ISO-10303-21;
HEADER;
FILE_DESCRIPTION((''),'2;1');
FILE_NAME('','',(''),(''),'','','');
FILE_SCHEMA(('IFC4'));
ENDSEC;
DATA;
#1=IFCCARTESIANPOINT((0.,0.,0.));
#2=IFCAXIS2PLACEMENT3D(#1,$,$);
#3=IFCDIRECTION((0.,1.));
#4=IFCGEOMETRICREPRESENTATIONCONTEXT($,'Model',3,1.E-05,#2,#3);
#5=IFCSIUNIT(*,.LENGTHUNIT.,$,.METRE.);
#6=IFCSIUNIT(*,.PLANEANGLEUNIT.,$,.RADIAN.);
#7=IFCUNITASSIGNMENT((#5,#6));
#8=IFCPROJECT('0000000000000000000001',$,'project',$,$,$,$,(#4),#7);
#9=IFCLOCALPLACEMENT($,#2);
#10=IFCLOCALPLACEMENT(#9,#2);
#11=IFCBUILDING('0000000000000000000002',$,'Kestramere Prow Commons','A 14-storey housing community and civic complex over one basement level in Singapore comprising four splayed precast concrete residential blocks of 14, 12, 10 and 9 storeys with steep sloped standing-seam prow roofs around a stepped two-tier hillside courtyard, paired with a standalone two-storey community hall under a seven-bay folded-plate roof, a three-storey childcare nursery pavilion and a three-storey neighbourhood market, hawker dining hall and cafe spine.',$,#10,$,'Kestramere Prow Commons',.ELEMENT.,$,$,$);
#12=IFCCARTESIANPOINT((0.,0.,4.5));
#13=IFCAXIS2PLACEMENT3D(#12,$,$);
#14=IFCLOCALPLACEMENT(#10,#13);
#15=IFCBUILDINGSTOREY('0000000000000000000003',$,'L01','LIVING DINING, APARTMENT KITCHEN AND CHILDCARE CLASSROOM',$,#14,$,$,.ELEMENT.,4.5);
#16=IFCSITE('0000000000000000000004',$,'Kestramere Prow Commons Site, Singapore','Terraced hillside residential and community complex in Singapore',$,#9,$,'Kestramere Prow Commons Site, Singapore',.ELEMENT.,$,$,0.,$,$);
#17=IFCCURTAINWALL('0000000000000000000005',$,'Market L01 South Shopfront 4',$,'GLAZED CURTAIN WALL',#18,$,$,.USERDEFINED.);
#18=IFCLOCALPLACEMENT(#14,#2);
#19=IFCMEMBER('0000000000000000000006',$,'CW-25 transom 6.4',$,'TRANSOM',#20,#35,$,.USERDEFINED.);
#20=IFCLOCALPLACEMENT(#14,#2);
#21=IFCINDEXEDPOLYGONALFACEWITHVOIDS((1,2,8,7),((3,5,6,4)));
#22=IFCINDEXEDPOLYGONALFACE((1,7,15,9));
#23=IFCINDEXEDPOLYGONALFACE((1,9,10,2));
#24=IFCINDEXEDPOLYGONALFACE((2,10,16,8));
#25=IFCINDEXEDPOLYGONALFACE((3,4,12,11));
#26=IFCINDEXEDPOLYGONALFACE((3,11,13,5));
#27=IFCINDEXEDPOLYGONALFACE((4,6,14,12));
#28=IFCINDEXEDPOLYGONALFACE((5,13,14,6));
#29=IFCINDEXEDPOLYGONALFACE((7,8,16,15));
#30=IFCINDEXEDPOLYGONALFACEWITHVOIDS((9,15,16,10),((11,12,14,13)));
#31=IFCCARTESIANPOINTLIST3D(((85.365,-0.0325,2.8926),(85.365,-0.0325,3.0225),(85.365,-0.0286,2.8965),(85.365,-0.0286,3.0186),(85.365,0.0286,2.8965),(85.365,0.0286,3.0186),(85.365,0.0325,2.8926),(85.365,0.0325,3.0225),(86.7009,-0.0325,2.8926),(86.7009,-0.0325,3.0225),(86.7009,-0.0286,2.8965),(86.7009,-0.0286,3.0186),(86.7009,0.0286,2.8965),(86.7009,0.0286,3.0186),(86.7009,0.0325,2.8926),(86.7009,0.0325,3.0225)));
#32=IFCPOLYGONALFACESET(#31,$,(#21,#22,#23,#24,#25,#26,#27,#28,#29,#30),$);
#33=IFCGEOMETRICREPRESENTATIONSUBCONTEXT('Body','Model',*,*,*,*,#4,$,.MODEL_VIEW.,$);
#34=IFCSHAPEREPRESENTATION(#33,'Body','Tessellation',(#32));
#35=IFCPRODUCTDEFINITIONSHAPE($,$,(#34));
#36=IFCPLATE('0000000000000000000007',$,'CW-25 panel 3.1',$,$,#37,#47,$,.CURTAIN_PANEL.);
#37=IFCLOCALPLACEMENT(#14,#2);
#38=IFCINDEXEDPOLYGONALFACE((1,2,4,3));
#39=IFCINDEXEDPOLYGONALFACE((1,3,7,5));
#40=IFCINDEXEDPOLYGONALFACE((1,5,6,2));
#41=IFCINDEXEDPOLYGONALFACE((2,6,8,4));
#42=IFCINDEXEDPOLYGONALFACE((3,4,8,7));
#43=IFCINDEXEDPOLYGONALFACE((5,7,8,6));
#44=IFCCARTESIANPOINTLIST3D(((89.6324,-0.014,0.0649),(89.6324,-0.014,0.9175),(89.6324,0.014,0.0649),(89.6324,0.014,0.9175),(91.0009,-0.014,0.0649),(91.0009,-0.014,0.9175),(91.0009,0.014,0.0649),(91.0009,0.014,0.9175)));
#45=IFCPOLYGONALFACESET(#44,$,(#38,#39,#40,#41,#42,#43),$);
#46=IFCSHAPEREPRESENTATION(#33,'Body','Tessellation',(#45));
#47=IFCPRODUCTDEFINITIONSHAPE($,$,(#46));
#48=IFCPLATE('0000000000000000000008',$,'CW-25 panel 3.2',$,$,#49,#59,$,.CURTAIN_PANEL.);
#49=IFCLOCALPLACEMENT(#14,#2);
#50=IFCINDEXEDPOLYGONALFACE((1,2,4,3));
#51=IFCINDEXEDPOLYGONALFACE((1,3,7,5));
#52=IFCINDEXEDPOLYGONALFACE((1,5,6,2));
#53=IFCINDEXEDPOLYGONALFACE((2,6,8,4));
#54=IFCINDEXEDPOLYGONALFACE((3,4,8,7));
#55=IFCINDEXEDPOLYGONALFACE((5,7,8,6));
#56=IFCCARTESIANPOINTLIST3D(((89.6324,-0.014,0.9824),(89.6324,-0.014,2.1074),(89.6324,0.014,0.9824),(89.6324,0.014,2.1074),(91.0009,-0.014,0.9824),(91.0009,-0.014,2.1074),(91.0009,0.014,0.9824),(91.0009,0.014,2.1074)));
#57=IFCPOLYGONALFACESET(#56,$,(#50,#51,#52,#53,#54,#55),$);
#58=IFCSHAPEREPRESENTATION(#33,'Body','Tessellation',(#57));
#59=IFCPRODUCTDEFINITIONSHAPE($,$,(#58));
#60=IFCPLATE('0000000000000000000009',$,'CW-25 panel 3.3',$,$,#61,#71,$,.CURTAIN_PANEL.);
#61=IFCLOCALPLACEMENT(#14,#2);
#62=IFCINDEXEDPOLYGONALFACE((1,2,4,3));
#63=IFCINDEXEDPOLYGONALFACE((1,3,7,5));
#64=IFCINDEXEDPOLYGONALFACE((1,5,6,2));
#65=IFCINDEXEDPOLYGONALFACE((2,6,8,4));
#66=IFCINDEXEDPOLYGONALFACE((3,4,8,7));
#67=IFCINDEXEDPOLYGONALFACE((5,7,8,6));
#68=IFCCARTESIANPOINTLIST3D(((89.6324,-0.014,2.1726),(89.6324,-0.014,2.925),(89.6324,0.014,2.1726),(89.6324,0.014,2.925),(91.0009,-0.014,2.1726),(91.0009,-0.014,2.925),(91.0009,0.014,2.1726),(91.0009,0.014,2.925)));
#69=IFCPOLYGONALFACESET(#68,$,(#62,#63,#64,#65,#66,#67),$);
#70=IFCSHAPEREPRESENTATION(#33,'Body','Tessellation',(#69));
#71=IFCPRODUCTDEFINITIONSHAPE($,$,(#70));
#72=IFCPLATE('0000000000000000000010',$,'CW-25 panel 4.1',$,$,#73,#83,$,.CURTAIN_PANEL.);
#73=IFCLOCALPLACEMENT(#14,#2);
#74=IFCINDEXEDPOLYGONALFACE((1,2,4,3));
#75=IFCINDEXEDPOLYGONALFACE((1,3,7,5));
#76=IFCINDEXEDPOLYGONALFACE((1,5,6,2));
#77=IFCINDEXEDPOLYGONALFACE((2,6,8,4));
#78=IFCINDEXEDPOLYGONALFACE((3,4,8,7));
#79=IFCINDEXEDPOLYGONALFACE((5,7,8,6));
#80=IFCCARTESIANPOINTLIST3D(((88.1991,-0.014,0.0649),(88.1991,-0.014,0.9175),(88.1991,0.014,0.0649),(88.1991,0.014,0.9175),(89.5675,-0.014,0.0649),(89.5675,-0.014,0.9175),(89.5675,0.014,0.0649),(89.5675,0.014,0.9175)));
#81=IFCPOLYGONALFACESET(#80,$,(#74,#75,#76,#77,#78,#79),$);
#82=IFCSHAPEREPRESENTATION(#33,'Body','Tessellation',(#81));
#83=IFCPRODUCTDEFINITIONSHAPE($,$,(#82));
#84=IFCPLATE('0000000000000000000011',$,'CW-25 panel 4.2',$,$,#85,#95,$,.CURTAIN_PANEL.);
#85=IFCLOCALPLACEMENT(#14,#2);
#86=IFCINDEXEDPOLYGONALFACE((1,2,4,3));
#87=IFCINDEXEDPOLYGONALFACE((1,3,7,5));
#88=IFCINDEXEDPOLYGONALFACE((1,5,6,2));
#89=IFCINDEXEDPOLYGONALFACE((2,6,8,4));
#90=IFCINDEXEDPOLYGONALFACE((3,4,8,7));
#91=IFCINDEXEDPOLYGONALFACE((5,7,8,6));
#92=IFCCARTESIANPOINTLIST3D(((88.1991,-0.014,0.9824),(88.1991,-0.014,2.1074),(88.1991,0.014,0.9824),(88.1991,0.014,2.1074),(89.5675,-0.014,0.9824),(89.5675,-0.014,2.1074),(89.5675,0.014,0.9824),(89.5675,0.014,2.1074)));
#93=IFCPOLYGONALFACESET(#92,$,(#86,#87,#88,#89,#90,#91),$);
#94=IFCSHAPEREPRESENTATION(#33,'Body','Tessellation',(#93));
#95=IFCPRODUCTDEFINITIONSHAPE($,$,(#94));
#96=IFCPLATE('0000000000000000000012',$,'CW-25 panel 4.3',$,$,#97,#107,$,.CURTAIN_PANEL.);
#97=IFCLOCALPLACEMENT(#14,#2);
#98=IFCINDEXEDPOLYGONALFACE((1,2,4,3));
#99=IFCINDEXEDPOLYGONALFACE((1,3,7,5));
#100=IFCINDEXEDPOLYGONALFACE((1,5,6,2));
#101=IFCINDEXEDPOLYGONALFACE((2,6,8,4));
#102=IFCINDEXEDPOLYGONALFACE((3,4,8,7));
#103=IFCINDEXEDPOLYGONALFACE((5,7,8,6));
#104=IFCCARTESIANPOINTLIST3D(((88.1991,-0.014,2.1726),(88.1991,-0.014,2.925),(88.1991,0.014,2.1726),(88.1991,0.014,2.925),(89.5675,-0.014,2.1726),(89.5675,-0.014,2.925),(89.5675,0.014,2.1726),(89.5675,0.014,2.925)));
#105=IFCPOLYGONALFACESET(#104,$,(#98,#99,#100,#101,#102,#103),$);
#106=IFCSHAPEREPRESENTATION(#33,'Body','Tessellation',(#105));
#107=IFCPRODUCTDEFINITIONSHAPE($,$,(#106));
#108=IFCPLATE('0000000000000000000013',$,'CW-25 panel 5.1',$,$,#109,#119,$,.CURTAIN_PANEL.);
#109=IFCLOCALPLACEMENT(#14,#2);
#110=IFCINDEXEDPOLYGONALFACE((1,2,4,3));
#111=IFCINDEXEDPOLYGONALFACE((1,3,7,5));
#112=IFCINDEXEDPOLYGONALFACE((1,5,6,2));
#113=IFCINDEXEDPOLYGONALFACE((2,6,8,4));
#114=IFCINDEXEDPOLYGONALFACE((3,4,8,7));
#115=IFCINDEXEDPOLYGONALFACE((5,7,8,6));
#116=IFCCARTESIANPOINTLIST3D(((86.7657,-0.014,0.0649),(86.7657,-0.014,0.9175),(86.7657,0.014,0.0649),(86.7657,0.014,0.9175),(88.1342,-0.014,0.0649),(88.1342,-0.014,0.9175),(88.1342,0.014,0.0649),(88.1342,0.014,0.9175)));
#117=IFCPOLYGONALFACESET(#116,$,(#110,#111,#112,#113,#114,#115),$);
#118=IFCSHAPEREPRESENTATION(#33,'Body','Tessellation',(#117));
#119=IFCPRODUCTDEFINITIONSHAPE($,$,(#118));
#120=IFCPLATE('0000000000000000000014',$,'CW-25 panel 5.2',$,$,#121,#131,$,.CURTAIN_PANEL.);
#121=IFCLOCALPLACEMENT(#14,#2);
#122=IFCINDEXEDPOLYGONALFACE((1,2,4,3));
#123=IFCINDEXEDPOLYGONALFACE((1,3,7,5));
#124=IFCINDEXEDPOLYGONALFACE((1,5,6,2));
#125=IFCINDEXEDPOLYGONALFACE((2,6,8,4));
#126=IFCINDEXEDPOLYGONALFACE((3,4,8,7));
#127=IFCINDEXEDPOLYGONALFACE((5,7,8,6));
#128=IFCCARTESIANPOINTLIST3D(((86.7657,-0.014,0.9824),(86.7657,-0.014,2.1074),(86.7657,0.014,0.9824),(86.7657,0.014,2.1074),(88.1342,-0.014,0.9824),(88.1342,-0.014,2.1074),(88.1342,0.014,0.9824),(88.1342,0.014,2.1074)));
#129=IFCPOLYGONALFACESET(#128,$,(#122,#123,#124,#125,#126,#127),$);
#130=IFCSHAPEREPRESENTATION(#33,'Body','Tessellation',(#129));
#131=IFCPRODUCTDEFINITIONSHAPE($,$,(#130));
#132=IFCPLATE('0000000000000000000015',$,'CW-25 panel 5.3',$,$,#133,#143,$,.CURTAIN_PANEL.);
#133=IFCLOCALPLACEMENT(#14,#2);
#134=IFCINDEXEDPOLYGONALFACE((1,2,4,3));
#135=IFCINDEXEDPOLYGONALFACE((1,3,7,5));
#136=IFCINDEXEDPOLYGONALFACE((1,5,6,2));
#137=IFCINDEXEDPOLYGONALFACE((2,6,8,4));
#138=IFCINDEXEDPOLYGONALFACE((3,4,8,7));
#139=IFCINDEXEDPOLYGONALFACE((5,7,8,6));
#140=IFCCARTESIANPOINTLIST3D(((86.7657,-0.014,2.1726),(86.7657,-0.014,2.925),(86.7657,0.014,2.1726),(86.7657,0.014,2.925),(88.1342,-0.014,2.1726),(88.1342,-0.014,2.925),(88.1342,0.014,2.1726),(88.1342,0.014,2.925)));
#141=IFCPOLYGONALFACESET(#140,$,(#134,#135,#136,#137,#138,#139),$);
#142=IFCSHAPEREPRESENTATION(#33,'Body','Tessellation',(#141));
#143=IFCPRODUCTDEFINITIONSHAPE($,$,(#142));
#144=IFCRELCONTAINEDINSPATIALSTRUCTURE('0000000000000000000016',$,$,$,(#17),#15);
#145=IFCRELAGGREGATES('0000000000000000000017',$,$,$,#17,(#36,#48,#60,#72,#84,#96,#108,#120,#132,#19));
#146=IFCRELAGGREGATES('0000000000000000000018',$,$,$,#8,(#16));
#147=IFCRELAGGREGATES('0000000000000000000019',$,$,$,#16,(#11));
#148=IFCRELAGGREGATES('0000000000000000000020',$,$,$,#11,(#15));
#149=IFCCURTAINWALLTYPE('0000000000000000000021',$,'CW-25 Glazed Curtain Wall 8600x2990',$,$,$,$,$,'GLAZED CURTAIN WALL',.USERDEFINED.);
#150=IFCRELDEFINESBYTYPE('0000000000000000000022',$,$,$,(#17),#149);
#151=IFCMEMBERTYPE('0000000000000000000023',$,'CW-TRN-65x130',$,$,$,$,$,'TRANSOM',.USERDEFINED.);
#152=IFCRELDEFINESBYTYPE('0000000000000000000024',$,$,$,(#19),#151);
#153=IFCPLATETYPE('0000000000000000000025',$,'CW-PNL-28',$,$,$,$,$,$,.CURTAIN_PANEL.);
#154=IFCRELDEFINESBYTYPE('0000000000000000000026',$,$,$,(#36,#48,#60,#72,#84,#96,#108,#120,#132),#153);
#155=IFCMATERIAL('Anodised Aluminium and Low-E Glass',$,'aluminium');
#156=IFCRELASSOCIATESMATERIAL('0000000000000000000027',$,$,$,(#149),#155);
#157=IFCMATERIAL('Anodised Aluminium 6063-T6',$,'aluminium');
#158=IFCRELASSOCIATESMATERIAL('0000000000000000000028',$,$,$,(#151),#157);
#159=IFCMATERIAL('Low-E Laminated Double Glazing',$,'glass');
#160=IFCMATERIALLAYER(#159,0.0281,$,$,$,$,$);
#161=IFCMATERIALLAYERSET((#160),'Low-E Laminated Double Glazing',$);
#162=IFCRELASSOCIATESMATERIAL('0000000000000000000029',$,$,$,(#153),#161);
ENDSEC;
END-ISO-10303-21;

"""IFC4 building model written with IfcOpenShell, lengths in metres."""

from ifc_helpers import new_model, si_unit, direction, frame, origin, origin_2d, place, context, subcontext, project, spatial, rectangle, hollow_rectangle, extrude, material, layer, layer_set, material_profile, profile_set, type_object, element, aggregate, save


model = new_model("IFC4")

# Units and contexts
model_context = context("Model", 3, precision=1e-05, world=origin(), true_north=direction((0.0, 1.0)))
body_context = subcontext(model_context, "Body", "Model", "MODEL_VIEW")
ifc_project = project(units=[si_unit("LENGTHUNIT", "METRE"), si_unit("PLANEANGLEUNIT", "RADIAN")], contexts=[model_context])

# Site, building, storey
site_placement = place(None, origin())
site = spatial("IfcSite", under=ifc_project, at=site_placement, Name="Kestramere Prow Commons Site, Singapore", Description="Terraced hillside residential and community complex in Singapore", LongName="Kestramere Prow Commons Site, Singapore", CompositionType="ELEMENT", RefElevation=0.0)
building_placement = place(site_placement, origin())
building = spatial("IfcBuilding", under=site, at=building_placement, Name="Kestramere Prow Commons", Description="A 14-storey housing community and civic complex over one basement level in Singapore comprising four splayed precast concrete residential blocks of 14, 12, 10 and 9 storeys with steep sloped standing-seam prow roofs around a stepped two-tier hillside courtyard, paired with a standalone two-storey community hall under a seven-bay folded-plate roof, a three-storey childcare nursery pavilion and a three-storey neighbourhood market, hawker dining hall and cafe spine.", LongName="Kestramere Prow Commons", CompositionType="ELEMENT")
storey_placement = place(building_placement, frame((0.0, 0.0, 4.5)))
storey = spatial("IfcBuildingStorey", under=building, at=storey_placement, Name="L01", Description="LIVING DINING, APARTMENT KITCHEN AND CHILDCARE CLASSROOM", CompositionType="ELEMENT", Elevation=4.5)

# Curtain wall, member, plates
ifc_material_1 = material(Name="Anodised Aluminium and Low-E Glass", Category="aluminium")
curtain_wall_type = type_object("IfcCurtainWallType", Name="CW-25 Glazed Curtain Wall 8600x2990", ElementType="GLAZED CURTAIN WALL", PredefinedType="USERDEFINED", material=ifc_material_1)
curtain_wall_placement = place(storey_placement, origin())
curtain_wall = element("IfcCurtainWall", 1, at=curtain_wall_placement, inside=storey, type_object=curtain_wall_type, Name="Market L01 South Shopfront 4", ObjectType="GLAZED CURTAIN WALL", PredefinedType="USERDEFINED")
ifc_material_2 = material(Name="Anodised Aluminium 6063-T6", Category="aluminium")
ifc_material_profile_1 = material_profile(ifc_material_2, hollow_rectangle(XDim=0.0649, YDim=0.1299, WallThickness=0.0039, at=origin_2d()), Name="ALU-TRN 65x130")
ifc_profile_set_1 = profile_set([ifc_material_profile_1], Name="Anodised Aluminium 6063-T6")
member_type_1 = type_object("IfcMemberType", Name="CW-TRN-65x130", ElementType="TRANSOM", PredefinedType="USERDEFINED", material=ifc_profile_set_1)
member_1_placement = place(storey_placement, frame((86.7009, 0.0, 2.9575), z_axis=(-1.0, 0.0, 0.0), x_axis=(0.0, -1.0, 0.0)))
member_1 = element("IfcMember", 2, at=member_1_placement, type_object=member_type_1, Name="CW-25 transom 6.4", ObjectType="TRANSOM", PredefinedType="USERDEFINED", context=body_context, shape_type="SweptSolid", body=[
    extrude(hollow_rectangle(XDim=0.0649, YDim=0.1299, WallThickness=0.0039, at=origin_2d()), origin(), (0.0, 0.0, 1.0), 1.3359),
])
ifc_material_3 = material(Name="Low-E Laminated Double Glazing", Category="glass")
ifc_layer = layer(ifc_material_3, 0.0281)
ifc_layer_set = layer_set([ifc_layer], Name="Low-E Laminated Double Glazing")
plate_type = type_object("IfcPlateType", Name="CW-PNL-28", PredefinedType="CURTAIN_PANEL", material=ifc_layer_set)
plate_1_placement = place(storey_placement, frame((90.3167, 0.0, 0.0649), z_axis=(0.0, 0.0, 1.0), x_axis=(-1.0, 0.0, 0.0)))
plate_1 = element("IfcPlate", 3, at=plate_1_placement, type_object=plate_type, Name="CW-25 panel 3.1", PredefinedType="CURTAIN_PANEL", context=body_context, shape_type="SweptSolid", body=[
    extrude(rectangle(XDim=1.3684, YDim=0.0281, at=origin_2d()), origin(), (0.0, 0.0, 1.0), 0.8525),
])
plate_2_placement = place(storey_placement, frame((90.3167, 0.0, 0.9824), z_axis=(0.0, 0.0, 1.0), x_axis=(-1.0, 0.0, 0.0)))
plate_2 = element("IfcPlate", 4, at=plate_2_placement, type_object=plate_type, Name="CW-25 panel 3.2", PredefinedType="CURTAIN_PANEL", context=body_context, shape_type="SweptSolid", body=[
    extrude(rectangle(XDim=1.3684, YDim=0.0281, at=origin_2d()), origin(), (0.0, 0.0, 1.0), 1.125),
])
plate_3_placement = place(storey_placement, frame((90.3167, 0.0, 2.1726), z_axis=(0.0, 0.0, 1.0), x_axis=(-1.0, 0.0, 0.0)))
plate_3 = element("IfcPlate", 5, at=plate_3_placement, type_object=plate_type, Name="CW-25 panel 3.3", PredefinedType="CURTAIN_PANEL", context=body_context, shape_type="SweptSolid", body=[
    extrude(rectangle(XDim=1.3684, YDim=0.0281, at=origin_2d()), origin(), (0.0, 0.0, 1.0), 0.7524),
])
plate_4_placement = place(storey_placement, frame((88.8833, 0.0, 0.0649), z_axis=(0.0, 0.0, 1.0), x_axis=(-1.0, 0.0, 0.0)))
plate_4 = element("IfcPlate", 6, at=plate_4_placement, type_object=plate_type, Name="CW-25 panel 4.1", PredefinedType="CURTAIN_PANEL", context=body_context, shape_type="SweptSolid", body=[
    extrude(rectangle(XDim=1.3684, YDim=0.0281, at=origin_2d()), origin(), (0.0, 0.0, 1.0), 0.8525),
])
plate_5_placement = place(storey_placement, frame((88.8833, 0.0, 0.9824), z_axis=(0.0, 0.0, 1.0), x_axis=(-1.0, 0.0, 0.0)))
plate_5 = element("IfcPlate", 7, at=plate_5_placement, type_object=plate_type, Name="CW-25 panel 4.2", PredefinedType="CURTAIN_PANEL", context=body_context, shape_type="SweptSolid", body=[
    extrude(rectangle(XDim=1.3684, YDim=0.0281, at=origin_2d()), origin(), (0.0, 0.0, 1.0), 1.125),
])
plate_6_placement = place(storey_placement, frame((88.8833, 0.0, 2.1726), z_axis=(0.0, 0.0, 1.0), x_axis=(-1.0, 0.0, 0.0)))
plate_6 = element("IfcPlate", 8, at=plate_6_placement, type_object=plate_type, Name="CW-25 panel 4.3", PredefinedType="CURTAIN_PANEL", context=body_context, shape_type="SweptSolid", body=[
    extrude(rectangle(XDim=1.3684, YDim=0.0281, at=origin_2d()), origin(), (0.0, 0.0, 1.0), 0.7524),
])
plate_7_placement = place(storey_placement, frame((87.45, 0.0, 0.0649), z_axis=(0.0, 0.0, 1.0), x_axis=(-1.0, 0.0, 0.0)))
plate_7 = element("IfcPlate", 9, at=plate_7_placement, type_object=plate_type, Name="CW-25 panel 5.1", PredefinedType="CURTAIN_PANEL", context=body_context, shape_type="SweptSolid", body=[
    extrude(rectangle(XDim=1.3684, YDim=0.0281, at=origin_2d()), origin(), (0.0, 0.0, 1.0), 0.8525),
])
plate_8_placement = place(storey_placement, frame((87.45, 0.0, 0.9824), z_axis=(0.0, 0.0, 1.0), x_axis=(-1.0, 0.0, 0.0)))
plate_8 = element("IfcPlate", 10, at=plate_8_placement, type_object=plate_type, Name="CW-25 panel 5.2", PredefinedType="CURTAIN_PANEL", context=body_context, shape_type="SweptSolid", body=[
    extrude(rectangle(XDim=1.3684, YDim=0.0281, at=origin_2d()), origin(), (0.0, 0.0, 1.0), 1.125),
])
plate_9_placement = place(storey_placement, frame((87.45, 0.0, 2.1726), z_axis=(0.0, 0.0, 1.0), x_axis=(-1.0, 0.0, 0.0)))
plate_9 = element("IfcPlate", 11, at=plate_9_placement, type_object=plate_type, Name="CW-25 panel 5.3", PredefinedType="CURTAIN_PANEL", context=body_context, shape_type="SweptSolid", body=[
    extrude(rectangle(XDim=1.3684, YDim=0.0281, at=origin_2d()), origin(), (0.0, 0.0, 1.0), 0.7524),
])
aggregate(curtain_wall, [plate_1, plate_2, plate_3, plate_4, plate_5, plate_6, plate_7, plate_8, plate_9, member_1])

save(model, "model.ifc")
